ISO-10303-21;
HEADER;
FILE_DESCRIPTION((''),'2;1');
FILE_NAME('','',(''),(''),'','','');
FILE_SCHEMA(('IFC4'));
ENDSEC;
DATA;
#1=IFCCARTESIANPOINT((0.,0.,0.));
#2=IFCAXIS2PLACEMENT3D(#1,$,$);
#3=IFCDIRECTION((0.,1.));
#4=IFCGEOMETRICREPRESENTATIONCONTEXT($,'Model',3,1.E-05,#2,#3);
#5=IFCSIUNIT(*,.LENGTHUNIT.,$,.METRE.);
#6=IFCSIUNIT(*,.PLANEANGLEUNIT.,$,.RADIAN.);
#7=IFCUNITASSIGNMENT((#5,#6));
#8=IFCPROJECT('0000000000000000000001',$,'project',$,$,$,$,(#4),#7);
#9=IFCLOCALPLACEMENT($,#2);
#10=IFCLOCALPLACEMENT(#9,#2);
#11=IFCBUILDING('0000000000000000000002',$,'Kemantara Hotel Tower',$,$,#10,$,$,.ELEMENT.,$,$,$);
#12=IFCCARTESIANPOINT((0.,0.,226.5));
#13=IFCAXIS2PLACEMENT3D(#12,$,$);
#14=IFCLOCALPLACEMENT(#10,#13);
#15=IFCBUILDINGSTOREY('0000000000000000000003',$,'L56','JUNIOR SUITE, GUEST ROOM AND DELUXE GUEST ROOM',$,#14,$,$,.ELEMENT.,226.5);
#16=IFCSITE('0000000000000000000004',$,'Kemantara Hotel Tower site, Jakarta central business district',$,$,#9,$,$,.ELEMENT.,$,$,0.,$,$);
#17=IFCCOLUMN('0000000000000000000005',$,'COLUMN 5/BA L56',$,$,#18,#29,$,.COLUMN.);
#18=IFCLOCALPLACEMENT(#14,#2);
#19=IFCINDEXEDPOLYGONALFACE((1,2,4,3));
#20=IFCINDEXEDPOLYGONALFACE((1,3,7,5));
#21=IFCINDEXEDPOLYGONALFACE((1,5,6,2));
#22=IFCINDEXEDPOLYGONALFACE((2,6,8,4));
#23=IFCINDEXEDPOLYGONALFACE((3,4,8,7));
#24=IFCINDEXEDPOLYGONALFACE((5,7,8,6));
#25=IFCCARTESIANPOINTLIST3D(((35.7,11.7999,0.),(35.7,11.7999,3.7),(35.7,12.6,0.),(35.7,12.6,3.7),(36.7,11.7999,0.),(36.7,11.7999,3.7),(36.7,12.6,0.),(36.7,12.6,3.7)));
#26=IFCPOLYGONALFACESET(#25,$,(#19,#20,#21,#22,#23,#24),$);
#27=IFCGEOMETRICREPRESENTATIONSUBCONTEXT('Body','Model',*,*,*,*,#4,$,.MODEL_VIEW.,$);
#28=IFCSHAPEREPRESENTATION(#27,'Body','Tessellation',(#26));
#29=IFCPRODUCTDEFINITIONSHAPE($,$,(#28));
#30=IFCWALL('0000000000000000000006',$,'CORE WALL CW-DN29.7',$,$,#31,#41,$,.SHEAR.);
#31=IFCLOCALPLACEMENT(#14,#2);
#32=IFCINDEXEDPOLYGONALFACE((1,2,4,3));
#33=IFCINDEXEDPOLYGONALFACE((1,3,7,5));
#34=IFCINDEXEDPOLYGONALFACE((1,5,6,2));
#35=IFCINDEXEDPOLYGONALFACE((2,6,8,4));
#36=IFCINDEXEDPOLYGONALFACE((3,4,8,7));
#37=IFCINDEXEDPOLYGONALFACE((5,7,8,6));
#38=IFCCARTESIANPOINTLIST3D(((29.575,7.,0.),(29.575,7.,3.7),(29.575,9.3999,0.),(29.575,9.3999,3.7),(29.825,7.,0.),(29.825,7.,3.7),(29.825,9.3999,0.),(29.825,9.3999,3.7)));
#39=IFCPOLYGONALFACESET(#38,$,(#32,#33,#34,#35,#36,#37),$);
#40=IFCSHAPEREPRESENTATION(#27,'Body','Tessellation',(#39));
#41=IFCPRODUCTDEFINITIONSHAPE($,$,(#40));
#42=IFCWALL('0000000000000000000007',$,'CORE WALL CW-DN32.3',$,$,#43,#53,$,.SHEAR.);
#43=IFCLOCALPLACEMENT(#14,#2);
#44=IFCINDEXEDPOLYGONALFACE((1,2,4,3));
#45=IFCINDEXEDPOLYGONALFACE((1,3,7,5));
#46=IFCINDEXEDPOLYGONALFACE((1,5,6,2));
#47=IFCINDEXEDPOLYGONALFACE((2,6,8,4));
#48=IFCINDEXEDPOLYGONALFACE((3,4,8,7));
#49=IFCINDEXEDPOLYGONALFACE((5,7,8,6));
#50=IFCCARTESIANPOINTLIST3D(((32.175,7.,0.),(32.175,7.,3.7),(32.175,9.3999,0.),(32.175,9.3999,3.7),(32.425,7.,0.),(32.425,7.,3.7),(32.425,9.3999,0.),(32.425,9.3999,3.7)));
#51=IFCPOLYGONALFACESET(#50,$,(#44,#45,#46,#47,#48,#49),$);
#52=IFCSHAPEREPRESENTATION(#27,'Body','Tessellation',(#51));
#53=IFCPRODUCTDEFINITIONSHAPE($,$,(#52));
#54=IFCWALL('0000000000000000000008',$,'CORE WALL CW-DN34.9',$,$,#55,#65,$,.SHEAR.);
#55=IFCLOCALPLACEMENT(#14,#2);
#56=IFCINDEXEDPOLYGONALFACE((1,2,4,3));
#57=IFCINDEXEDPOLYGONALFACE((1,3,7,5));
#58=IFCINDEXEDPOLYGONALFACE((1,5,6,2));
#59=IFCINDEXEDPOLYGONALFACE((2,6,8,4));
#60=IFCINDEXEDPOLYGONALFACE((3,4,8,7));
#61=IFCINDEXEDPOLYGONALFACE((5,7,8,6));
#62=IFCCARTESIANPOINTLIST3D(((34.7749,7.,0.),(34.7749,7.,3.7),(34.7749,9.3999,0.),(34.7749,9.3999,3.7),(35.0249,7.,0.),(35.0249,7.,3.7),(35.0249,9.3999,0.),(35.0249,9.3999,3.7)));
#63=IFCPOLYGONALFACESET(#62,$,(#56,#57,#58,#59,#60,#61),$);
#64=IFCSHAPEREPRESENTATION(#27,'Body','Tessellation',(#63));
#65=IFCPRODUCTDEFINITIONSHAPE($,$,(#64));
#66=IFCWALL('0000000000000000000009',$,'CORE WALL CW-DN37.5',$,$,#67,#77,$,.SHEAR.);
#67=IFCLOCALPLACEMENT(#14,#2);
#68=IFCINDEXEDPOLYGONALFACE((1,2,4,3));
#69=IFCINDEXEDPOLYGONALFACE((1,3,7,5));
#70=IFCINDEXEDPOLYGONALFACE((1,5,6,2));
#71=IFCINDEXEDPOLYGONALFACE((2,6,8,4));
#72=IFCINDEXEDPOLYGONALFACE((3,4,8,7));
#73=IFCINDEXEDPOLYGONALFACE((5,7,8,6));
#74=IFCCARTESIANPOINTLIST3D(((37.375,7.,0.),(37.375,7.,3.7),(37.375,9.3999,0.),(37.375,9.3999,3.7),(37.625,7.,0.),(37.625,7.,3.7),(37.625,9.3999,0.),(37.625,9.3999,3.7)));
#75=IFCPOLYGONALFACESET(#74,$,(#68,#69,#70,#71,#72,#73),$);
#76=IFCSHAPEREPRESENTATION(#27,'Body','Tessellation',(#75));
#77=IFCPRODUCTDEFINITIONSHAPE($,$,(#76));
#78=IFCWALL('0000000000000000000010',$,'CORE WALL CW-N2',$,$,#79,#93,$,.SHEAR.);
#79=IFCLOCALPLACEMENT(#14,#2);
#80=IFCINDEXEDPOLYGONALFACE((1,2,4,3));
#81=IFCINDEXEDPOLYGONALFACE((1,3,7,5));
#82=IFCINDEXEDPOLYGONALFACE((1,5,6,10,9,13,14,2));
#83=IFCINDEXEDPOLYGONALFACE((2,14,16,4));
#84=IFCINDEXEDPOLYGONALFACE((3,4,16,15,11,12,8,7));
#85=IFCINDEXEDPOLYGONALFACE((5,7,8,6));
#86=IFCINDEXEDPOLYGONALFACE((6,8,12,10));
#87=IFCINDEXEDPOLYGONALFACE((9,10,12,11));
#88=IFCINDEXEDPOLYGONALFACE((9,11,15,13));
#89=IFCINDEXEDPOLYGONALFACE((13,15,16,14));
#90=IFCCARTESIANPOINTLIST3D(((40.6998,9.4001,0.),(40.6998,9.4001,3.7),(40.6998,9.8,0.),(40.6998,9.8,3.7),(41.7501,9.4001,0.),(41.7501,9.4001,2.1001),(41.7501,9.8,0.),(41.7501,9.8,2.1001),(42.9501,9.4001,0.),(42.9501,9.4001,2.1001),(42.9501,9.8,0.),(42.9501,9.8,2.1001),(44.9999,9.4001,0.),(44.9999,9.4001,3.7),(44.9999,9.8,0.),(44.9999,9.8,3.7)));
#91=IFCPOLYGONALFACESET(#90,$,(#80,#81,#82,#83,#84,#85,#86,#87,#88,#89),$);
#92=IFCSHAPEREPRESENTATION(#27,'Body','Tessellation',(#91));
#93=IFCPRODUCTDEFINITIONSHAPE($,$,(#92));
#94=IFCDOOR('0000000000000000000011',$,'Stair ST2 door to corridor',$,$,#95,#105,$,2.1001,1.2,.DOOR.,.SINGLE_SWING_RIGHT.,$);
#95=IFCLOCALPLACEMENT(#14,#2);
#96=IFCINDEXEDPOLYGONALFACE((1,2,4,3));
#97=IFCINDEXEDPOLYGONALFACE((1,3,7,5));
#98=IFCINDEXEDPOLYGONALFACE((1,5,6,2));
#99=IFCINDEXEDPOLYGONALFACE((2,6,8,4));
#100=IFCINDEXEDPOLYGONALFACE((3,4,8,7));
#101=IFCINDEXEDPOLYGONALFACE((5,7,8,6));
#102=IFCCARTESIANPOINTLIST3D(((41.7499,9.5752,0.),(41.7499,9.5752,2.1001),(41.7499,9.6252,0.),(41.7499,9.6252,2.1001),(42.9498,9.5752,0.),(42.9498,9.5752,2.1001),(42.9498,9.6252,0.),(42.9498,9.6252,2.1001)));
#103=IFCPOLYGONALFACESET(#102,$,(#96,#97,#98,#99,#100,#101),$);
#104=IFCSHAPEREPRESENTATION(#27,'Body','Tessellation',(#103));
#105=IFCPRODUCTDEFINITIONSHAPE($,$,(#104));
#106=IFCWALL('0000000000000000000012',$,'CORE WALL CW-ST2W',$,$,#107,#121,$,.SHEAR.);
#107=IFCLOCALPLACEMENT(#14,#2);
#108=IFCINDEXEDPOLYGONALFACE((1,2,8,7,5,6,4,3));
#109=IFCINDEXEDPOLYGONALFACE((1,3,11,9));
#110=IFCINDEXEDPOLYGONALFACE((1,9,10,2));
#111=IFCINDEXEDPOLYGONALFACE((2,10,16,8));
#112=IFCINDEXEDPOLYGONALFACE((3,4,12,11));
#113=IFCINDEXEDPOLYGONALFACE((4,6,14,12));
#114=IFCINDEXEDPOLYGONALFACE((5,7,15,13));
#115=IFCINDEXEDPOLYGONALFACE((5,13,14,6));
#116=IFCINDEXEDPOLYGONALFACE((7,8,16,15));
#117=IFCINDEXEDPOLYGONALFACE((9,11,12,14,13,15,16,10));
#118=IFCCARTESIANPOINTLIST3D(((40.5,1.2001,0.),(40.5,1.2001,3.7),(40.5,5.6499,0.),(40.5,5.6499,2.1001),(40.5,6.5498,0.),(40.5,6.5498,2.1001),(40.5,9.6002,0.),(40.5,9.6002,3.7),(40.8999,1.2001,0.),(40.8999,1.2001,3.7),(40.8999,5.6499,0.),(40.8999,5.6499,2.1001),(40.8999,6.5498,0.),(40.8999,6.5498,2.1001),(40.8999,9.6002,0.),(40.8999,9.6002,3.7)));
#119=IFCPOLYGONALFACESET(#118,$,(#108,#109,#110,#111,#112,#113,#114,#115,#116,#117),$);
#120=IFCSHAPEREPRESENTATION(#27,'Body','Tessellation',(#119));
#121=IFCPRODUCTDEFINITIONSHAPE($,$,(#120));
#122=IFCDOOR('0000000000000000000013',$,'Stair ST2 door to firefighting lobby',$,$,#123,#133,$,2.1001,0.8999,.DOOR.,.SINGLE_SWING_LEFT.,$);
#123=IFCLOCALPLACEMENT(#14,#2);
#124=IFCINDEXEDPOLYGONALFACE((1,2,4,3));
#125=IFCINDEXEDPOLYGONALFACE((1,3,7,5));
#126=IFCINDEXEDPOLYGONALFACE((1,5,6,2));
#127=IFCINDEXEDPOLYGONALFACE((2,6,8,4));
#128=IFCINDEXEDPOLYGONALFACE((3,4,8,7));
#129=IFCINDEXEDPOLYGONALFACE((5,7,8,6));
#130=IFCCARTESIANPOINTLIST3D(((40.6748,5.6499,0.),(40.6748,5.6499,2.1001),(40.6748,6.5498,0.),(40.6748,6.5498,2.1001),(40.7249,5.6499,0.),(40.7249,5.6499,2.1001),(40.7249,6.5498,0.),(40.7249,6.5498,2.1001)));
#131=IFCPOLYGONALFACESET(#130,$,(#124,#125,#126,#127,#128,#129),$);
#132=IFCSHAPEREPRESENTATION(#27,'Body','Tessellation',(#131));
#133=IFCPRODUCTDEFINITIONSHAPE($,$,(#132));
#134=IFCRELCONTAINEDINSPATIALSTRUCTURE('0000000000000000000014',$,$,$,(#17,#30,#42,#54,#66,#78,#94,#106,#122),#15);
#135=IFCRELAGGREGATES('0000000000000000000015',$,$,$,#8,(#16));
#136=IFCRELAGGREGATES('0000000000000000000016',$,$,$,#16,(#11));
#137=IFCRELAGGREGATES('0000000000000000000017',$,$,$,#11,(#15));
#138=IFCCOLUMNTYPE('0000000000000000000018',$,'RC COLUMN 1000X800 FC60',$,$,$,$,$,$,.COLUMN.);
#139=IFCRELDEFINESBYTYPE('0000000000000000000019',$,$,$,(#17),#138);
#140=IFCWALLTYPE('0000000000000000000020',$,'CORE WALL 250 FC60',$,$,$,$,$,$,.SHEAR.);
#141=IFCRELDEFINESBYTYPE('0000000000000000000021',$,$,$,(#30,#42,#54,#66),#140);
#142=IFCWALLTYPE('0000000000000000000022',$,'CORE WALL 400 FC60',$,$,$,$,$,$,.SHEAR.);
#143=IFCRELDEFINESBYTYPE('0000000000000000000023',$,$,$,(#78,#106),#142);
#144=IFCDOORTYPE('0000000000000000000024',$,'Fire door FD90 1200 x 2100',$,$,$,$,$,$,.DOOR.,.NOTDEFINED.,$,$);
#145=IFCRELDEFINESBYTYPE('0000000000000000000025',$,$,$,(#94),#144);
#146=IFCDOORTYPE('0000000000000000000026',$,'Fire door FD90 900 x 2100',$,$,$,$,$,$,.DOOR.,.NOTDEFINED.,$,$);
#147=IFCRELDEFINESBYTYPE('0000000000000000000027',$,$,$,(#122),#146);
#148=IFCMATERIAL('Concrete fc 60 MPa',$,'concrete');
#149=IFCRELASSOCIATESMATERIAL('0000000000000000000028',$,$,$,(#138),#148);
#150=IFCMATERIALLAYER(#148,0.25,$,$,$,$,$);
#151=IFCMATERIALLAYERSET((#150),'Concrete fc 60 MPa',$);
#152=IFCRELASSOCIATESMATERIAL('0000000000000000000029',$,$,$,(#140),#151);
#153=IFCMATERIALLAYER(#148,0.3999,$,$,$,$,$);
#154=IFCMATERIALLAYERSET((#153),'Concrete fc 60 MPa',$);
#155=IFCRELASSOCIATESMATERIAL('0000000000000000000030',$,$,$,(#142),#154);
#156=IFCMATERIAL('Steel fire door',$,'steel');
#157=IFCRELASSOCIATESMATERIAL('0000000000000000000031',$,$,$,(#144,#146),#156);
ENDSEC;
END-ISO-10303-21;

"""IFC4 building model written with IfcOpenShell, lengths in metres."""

from ifc_helpers import new_model, si_unit, direction, frame, frame_2d, origin, origin_2d, place, context, subcontext, project, spatial, rectangle, extrude, material, layer, layer_set, material_profile, profile_set, type_object, element, fill, save


model = new_model("IFC4")

# Units and contexts
model_context = context("Model", 3, precision=1e-05, world=origin(), true_north=direction((0.0, 1.0)))
body_context = subcontext(model_context, "Body", "Model", "MODEL_VIEW")
ifc_project = project(units=[si_unit("LENGTHUNIT", "METRE"), si_unit("PLANEANGLEUNIT", "RADIAN")], contexts=[model_context])

# Site, building, storey
site_placement = place(None, origin())
site = spatial("IfcSite", under=ifc_project, at=site_placement, Name="Kemantara Hotel Tower site, Jakarta central business district", CompositionType="ELEMENT", RefElevation=0.0)
building_placement = place(site_placement, origin())
building = spatial("IfcBuilding", under=site, at=building_placement, Name="Kemantara Hotel Tower", CompositionType="ELEMENT")
storey_placement = place(building_placement, frame((0.0, 0.0, 226.5)))
storey = spatial("IfcBuildingStorey", under=building, at=storey_placement, Name="L56", Description="JUNIOR SUITE, GUEST ROOM AND DELUXE GUEST ROOM", CompositionType="ELEMENT", Elevation=226.5)

# Column
ifc_material_1 = material(Name="Concrete fc 60 MPa", Category="concrete")
ifc_material_profile = material_profile(ifc_material_1, rectangle(XDim=1.0, YDim=0.8, at=origin_2d()), Name="RC 1000X800")
ifc_profile_set = profile_set([ifc_material_profile], Name="Concrete fc 60 MPa")
column_type = type_object("IfcColumnType", Name="RC COLUMN 1000X800 FC60", PredefinedType="COLUMN", material=ifc_profile_set)
column_placement = place(storey_placement, frame((36.2, 12.2, 0.0), z_axis=(0.0, 0.0, 1.0), x_axis=(1.0, 0.0, 0.0)))
element("IfcColumn", 1, at=column_placement, inside=storey, type_object=column_type, Name="COLUMN 5/BA L56", PredefinedType="COLUMN", context=body_context, shape_type="SweptSolid", body=[
    extrude(rectangle(XDim=1.0, YDim=0.8, at=origin_2d()), origin(), (0.0, 0.0, 1.0), 3.7),
])

# Walls
ifc_layer_1 = layer(ifc_material_1, 0.25)
ifc_layer_set_1 = layer_set([ifc_layer_1], Name="Concrete fc 60 MPa")
wall_type_1 = type_object("IfcWallType", Name="CORE WALL 250 FC60", PredefinedType="SHEAR", material=ifc_layer_set_1)
for number, where, z_axis, x_axis, name in (
    (2, (29.7, 7.0, 0.0), (0.0, 0.0, 1.0), (0.0, 1.0, 0.0), "CORE WALL CW-DN29.7"),
    (3, (32.3, 7.0, 0.0), (0.0, 0.0, 1.0), (0.0, 1.0, 0.0), "CORE WALL CW-DN32.3"),
    (4, (34.8999, 7.0, 0.0), (0.0, 0.0, 1.0), (0.0, 1.0, 0.0), "CORE WALL CW-DN34.9"),
    (5, (37.5, 7.0, 0.0), (0.0, 0.0, 1.0), (0.0, 1.0, 0.0), "CORE WALL CW-DN37.5"),
):
    element("IfcWall", number, at=place(storey_placement, frame(where, z_axis=z_axis, x_axis=x_axis)), inside=storey, type_object=wall_type_1, Name=name, PredefinedType="SHEAR", context=body_context, shape_type="SweptSolid", body=[
        extrude(rectangle(XDim=2.3999, YDim=0.25, at=frame_2d((1.2, 0.0))), origin(), (0.0, 0.0, 1.0), 3.7),
    ])

# Walls, openings, doors
ifc_layer_2 = layer(ifc_material_1, 0.3999)
ifc_layer_set_2 = layer_set([ifc_layer_2], Name="Concrete fc 60 MPa")
wall_type_2 = type_object("IfcWallType", Name="CORE WALL 400 FC60", PredefinedType="SHEAR", material=ifc_layer_set_2)
wall_1_placement = place(storey_placement, frame((40.7, 9.6001, 0.0), z_axis=(0.0, 0.0, 1.0), x_axis=(1.0, 0.0, 0.0)))
wall_1 = element("IfcWall", 6, at=wall_1_placement, inside=storey, type_object=wall_type_2, Name="CORE WALL CW-N2", PredefinedType="SHEAR", context=body_context, shape_type="SweptSolid", body=[
    extrude(rectangle(XDim=4.3, YDim=0.3999, at=frame_2d((2.1499, 0.0))), origin(), (0.0, 0.0, 1.0), 3.7),
])
opening_1_placement = place(wall_1_placement, frame((1.05, 0.0, 0.0)))
opening_1 = element("IfcOpeningElement", 7, at=opening_1_placement, cuts=wall_1, PredefinedType="OPENING", context=body_context, shape_type="SweptSolid", body=[
    extrude(rectangle(XDim=1.2, YDim=2.1001, at=frame_2d((0.6001, 1.05))), frame((0.0, 0.21, 0.0), z_axis=(0.0, -1.0, 0.0), x_axis=(1.0, 0.0, 0.0)), (0.0, 0.0, 1.0), 0.4199),
])
ifc_material_2 = material(Name="Steel fire door", Category="steel")
door_type_1 = type_object("IfcDoorType", Name="Fire door FD90 1200 x 2100", OperationType="NOTDEFINED", PredefinedType="DOOR", material=ifc_material_2)
door_1_placement = place(opening_1_placement, frame((1.2, 0.0, 0.0), z_axis=(0.0, 0.0, 1.0), x_axis=(-1.0, 0.0, 0.0)))
door_1 = element("IfcDoor", 8, at=door_1_placement, inside=storey, type_object=door_type_1, Name="Stair ST2 door to corridor", OperationType="SINGLE_SWING_RIGHT", OverallHeight=2.1001, OverallWidth=1.2, PredefinedType="DOOR", context=body_context, shape_type="SweptSolid", body=[
    extrude(rectangle(XDim=1.2, YDim=2.1001, at=frame_2d((0.6001, 1.05))), frame((0.0, 0.0249, 0.0), z_axis=(0.0, -1.0, 0.0), x_axis=(1.0, 0.0, 0.0)), (0.0, 0.0, 1.0), 0.05),
])
fill(opening_1, door_1)
wall_2_placement = place(storey_placement, frame((40.7, 1.2, 0.0), z_axis=(0.0, 0.0, 1.0), x_axis=(0.0, 1.0, 0.0)))
wall_2 = element("IfcWall", 9, at=wall_2_placement, inside=storey, type_object=wall_type_2, Name="CORE WALL CW-ST2W", PredefinedType="SHEAR", context=body_context, shape_type="SweptSolid", body=[
    extrude(rectangle(XDim=8.4001, YDim=0.3999, at=frame_2d((4.2002, 0.0))), origin(), (0.0, 0.0, 1.0), 3.7),
])
opening_2_placement = place(wall_2_placement, frame((4.45, 0.0, 0.0)))
opening_2 = element("IfcOpeningElement", 10, at=opening_2_placement, cuts=wall_2, PredefinedType="OPENING", context=body_context, shape_type="SweptSolid", body=[
    extrude(rectangle(XDim=0.8999, YDim=2.1001, at=frame_2d((0.45, 1.05))), frame((0.0, 0.21, 0.0), z_axis=(0.0, -1.0, 0.0), x_axis=(1.0, 0.0, 0.0)), (0.0, 0.0, 1.0), 0.4199),
])
door_type_2 = type_object("IfcDoorType", Name="Fire door FD90 900 x 2100", OperationType="NOTDEFINED", PredefinedType="DOOR", material=ifc_material_2)
door_2_placement = place(opening_2_placement, frame((0.8999, 0.0, 0.0), z_axis=(0.0, 0.0, 1.0), x_axis=(-1.0, 0.0, 0.0)))
door_2 = element("IfcDoor", 11, at=door_2_placement, inside=storey, type_object=door_type_2, Name="Stair ST2 door to firefighting lobby", OperationType="SINGLE_SWING_LEFT", OverallHeight=2.1001, OverallWidth=0.8999, PredefinedType="DOOR", context=body_context, shape_type="SweptSolid", body=[
    extrude(rectangle(XDim=0.8999, YDim=2.1001, at=frame_2d((0.45, 1.05))), frame((0.0, 0.0249, 0.0), z_axis=(0.0, -1.0, 0.0), x_axis=(1.0, 0.0, 0.0)), (0.0, 0.0, 1.0), 0.05),
])
fill(opening_2, door_2)

save(model, "model.ifc")
